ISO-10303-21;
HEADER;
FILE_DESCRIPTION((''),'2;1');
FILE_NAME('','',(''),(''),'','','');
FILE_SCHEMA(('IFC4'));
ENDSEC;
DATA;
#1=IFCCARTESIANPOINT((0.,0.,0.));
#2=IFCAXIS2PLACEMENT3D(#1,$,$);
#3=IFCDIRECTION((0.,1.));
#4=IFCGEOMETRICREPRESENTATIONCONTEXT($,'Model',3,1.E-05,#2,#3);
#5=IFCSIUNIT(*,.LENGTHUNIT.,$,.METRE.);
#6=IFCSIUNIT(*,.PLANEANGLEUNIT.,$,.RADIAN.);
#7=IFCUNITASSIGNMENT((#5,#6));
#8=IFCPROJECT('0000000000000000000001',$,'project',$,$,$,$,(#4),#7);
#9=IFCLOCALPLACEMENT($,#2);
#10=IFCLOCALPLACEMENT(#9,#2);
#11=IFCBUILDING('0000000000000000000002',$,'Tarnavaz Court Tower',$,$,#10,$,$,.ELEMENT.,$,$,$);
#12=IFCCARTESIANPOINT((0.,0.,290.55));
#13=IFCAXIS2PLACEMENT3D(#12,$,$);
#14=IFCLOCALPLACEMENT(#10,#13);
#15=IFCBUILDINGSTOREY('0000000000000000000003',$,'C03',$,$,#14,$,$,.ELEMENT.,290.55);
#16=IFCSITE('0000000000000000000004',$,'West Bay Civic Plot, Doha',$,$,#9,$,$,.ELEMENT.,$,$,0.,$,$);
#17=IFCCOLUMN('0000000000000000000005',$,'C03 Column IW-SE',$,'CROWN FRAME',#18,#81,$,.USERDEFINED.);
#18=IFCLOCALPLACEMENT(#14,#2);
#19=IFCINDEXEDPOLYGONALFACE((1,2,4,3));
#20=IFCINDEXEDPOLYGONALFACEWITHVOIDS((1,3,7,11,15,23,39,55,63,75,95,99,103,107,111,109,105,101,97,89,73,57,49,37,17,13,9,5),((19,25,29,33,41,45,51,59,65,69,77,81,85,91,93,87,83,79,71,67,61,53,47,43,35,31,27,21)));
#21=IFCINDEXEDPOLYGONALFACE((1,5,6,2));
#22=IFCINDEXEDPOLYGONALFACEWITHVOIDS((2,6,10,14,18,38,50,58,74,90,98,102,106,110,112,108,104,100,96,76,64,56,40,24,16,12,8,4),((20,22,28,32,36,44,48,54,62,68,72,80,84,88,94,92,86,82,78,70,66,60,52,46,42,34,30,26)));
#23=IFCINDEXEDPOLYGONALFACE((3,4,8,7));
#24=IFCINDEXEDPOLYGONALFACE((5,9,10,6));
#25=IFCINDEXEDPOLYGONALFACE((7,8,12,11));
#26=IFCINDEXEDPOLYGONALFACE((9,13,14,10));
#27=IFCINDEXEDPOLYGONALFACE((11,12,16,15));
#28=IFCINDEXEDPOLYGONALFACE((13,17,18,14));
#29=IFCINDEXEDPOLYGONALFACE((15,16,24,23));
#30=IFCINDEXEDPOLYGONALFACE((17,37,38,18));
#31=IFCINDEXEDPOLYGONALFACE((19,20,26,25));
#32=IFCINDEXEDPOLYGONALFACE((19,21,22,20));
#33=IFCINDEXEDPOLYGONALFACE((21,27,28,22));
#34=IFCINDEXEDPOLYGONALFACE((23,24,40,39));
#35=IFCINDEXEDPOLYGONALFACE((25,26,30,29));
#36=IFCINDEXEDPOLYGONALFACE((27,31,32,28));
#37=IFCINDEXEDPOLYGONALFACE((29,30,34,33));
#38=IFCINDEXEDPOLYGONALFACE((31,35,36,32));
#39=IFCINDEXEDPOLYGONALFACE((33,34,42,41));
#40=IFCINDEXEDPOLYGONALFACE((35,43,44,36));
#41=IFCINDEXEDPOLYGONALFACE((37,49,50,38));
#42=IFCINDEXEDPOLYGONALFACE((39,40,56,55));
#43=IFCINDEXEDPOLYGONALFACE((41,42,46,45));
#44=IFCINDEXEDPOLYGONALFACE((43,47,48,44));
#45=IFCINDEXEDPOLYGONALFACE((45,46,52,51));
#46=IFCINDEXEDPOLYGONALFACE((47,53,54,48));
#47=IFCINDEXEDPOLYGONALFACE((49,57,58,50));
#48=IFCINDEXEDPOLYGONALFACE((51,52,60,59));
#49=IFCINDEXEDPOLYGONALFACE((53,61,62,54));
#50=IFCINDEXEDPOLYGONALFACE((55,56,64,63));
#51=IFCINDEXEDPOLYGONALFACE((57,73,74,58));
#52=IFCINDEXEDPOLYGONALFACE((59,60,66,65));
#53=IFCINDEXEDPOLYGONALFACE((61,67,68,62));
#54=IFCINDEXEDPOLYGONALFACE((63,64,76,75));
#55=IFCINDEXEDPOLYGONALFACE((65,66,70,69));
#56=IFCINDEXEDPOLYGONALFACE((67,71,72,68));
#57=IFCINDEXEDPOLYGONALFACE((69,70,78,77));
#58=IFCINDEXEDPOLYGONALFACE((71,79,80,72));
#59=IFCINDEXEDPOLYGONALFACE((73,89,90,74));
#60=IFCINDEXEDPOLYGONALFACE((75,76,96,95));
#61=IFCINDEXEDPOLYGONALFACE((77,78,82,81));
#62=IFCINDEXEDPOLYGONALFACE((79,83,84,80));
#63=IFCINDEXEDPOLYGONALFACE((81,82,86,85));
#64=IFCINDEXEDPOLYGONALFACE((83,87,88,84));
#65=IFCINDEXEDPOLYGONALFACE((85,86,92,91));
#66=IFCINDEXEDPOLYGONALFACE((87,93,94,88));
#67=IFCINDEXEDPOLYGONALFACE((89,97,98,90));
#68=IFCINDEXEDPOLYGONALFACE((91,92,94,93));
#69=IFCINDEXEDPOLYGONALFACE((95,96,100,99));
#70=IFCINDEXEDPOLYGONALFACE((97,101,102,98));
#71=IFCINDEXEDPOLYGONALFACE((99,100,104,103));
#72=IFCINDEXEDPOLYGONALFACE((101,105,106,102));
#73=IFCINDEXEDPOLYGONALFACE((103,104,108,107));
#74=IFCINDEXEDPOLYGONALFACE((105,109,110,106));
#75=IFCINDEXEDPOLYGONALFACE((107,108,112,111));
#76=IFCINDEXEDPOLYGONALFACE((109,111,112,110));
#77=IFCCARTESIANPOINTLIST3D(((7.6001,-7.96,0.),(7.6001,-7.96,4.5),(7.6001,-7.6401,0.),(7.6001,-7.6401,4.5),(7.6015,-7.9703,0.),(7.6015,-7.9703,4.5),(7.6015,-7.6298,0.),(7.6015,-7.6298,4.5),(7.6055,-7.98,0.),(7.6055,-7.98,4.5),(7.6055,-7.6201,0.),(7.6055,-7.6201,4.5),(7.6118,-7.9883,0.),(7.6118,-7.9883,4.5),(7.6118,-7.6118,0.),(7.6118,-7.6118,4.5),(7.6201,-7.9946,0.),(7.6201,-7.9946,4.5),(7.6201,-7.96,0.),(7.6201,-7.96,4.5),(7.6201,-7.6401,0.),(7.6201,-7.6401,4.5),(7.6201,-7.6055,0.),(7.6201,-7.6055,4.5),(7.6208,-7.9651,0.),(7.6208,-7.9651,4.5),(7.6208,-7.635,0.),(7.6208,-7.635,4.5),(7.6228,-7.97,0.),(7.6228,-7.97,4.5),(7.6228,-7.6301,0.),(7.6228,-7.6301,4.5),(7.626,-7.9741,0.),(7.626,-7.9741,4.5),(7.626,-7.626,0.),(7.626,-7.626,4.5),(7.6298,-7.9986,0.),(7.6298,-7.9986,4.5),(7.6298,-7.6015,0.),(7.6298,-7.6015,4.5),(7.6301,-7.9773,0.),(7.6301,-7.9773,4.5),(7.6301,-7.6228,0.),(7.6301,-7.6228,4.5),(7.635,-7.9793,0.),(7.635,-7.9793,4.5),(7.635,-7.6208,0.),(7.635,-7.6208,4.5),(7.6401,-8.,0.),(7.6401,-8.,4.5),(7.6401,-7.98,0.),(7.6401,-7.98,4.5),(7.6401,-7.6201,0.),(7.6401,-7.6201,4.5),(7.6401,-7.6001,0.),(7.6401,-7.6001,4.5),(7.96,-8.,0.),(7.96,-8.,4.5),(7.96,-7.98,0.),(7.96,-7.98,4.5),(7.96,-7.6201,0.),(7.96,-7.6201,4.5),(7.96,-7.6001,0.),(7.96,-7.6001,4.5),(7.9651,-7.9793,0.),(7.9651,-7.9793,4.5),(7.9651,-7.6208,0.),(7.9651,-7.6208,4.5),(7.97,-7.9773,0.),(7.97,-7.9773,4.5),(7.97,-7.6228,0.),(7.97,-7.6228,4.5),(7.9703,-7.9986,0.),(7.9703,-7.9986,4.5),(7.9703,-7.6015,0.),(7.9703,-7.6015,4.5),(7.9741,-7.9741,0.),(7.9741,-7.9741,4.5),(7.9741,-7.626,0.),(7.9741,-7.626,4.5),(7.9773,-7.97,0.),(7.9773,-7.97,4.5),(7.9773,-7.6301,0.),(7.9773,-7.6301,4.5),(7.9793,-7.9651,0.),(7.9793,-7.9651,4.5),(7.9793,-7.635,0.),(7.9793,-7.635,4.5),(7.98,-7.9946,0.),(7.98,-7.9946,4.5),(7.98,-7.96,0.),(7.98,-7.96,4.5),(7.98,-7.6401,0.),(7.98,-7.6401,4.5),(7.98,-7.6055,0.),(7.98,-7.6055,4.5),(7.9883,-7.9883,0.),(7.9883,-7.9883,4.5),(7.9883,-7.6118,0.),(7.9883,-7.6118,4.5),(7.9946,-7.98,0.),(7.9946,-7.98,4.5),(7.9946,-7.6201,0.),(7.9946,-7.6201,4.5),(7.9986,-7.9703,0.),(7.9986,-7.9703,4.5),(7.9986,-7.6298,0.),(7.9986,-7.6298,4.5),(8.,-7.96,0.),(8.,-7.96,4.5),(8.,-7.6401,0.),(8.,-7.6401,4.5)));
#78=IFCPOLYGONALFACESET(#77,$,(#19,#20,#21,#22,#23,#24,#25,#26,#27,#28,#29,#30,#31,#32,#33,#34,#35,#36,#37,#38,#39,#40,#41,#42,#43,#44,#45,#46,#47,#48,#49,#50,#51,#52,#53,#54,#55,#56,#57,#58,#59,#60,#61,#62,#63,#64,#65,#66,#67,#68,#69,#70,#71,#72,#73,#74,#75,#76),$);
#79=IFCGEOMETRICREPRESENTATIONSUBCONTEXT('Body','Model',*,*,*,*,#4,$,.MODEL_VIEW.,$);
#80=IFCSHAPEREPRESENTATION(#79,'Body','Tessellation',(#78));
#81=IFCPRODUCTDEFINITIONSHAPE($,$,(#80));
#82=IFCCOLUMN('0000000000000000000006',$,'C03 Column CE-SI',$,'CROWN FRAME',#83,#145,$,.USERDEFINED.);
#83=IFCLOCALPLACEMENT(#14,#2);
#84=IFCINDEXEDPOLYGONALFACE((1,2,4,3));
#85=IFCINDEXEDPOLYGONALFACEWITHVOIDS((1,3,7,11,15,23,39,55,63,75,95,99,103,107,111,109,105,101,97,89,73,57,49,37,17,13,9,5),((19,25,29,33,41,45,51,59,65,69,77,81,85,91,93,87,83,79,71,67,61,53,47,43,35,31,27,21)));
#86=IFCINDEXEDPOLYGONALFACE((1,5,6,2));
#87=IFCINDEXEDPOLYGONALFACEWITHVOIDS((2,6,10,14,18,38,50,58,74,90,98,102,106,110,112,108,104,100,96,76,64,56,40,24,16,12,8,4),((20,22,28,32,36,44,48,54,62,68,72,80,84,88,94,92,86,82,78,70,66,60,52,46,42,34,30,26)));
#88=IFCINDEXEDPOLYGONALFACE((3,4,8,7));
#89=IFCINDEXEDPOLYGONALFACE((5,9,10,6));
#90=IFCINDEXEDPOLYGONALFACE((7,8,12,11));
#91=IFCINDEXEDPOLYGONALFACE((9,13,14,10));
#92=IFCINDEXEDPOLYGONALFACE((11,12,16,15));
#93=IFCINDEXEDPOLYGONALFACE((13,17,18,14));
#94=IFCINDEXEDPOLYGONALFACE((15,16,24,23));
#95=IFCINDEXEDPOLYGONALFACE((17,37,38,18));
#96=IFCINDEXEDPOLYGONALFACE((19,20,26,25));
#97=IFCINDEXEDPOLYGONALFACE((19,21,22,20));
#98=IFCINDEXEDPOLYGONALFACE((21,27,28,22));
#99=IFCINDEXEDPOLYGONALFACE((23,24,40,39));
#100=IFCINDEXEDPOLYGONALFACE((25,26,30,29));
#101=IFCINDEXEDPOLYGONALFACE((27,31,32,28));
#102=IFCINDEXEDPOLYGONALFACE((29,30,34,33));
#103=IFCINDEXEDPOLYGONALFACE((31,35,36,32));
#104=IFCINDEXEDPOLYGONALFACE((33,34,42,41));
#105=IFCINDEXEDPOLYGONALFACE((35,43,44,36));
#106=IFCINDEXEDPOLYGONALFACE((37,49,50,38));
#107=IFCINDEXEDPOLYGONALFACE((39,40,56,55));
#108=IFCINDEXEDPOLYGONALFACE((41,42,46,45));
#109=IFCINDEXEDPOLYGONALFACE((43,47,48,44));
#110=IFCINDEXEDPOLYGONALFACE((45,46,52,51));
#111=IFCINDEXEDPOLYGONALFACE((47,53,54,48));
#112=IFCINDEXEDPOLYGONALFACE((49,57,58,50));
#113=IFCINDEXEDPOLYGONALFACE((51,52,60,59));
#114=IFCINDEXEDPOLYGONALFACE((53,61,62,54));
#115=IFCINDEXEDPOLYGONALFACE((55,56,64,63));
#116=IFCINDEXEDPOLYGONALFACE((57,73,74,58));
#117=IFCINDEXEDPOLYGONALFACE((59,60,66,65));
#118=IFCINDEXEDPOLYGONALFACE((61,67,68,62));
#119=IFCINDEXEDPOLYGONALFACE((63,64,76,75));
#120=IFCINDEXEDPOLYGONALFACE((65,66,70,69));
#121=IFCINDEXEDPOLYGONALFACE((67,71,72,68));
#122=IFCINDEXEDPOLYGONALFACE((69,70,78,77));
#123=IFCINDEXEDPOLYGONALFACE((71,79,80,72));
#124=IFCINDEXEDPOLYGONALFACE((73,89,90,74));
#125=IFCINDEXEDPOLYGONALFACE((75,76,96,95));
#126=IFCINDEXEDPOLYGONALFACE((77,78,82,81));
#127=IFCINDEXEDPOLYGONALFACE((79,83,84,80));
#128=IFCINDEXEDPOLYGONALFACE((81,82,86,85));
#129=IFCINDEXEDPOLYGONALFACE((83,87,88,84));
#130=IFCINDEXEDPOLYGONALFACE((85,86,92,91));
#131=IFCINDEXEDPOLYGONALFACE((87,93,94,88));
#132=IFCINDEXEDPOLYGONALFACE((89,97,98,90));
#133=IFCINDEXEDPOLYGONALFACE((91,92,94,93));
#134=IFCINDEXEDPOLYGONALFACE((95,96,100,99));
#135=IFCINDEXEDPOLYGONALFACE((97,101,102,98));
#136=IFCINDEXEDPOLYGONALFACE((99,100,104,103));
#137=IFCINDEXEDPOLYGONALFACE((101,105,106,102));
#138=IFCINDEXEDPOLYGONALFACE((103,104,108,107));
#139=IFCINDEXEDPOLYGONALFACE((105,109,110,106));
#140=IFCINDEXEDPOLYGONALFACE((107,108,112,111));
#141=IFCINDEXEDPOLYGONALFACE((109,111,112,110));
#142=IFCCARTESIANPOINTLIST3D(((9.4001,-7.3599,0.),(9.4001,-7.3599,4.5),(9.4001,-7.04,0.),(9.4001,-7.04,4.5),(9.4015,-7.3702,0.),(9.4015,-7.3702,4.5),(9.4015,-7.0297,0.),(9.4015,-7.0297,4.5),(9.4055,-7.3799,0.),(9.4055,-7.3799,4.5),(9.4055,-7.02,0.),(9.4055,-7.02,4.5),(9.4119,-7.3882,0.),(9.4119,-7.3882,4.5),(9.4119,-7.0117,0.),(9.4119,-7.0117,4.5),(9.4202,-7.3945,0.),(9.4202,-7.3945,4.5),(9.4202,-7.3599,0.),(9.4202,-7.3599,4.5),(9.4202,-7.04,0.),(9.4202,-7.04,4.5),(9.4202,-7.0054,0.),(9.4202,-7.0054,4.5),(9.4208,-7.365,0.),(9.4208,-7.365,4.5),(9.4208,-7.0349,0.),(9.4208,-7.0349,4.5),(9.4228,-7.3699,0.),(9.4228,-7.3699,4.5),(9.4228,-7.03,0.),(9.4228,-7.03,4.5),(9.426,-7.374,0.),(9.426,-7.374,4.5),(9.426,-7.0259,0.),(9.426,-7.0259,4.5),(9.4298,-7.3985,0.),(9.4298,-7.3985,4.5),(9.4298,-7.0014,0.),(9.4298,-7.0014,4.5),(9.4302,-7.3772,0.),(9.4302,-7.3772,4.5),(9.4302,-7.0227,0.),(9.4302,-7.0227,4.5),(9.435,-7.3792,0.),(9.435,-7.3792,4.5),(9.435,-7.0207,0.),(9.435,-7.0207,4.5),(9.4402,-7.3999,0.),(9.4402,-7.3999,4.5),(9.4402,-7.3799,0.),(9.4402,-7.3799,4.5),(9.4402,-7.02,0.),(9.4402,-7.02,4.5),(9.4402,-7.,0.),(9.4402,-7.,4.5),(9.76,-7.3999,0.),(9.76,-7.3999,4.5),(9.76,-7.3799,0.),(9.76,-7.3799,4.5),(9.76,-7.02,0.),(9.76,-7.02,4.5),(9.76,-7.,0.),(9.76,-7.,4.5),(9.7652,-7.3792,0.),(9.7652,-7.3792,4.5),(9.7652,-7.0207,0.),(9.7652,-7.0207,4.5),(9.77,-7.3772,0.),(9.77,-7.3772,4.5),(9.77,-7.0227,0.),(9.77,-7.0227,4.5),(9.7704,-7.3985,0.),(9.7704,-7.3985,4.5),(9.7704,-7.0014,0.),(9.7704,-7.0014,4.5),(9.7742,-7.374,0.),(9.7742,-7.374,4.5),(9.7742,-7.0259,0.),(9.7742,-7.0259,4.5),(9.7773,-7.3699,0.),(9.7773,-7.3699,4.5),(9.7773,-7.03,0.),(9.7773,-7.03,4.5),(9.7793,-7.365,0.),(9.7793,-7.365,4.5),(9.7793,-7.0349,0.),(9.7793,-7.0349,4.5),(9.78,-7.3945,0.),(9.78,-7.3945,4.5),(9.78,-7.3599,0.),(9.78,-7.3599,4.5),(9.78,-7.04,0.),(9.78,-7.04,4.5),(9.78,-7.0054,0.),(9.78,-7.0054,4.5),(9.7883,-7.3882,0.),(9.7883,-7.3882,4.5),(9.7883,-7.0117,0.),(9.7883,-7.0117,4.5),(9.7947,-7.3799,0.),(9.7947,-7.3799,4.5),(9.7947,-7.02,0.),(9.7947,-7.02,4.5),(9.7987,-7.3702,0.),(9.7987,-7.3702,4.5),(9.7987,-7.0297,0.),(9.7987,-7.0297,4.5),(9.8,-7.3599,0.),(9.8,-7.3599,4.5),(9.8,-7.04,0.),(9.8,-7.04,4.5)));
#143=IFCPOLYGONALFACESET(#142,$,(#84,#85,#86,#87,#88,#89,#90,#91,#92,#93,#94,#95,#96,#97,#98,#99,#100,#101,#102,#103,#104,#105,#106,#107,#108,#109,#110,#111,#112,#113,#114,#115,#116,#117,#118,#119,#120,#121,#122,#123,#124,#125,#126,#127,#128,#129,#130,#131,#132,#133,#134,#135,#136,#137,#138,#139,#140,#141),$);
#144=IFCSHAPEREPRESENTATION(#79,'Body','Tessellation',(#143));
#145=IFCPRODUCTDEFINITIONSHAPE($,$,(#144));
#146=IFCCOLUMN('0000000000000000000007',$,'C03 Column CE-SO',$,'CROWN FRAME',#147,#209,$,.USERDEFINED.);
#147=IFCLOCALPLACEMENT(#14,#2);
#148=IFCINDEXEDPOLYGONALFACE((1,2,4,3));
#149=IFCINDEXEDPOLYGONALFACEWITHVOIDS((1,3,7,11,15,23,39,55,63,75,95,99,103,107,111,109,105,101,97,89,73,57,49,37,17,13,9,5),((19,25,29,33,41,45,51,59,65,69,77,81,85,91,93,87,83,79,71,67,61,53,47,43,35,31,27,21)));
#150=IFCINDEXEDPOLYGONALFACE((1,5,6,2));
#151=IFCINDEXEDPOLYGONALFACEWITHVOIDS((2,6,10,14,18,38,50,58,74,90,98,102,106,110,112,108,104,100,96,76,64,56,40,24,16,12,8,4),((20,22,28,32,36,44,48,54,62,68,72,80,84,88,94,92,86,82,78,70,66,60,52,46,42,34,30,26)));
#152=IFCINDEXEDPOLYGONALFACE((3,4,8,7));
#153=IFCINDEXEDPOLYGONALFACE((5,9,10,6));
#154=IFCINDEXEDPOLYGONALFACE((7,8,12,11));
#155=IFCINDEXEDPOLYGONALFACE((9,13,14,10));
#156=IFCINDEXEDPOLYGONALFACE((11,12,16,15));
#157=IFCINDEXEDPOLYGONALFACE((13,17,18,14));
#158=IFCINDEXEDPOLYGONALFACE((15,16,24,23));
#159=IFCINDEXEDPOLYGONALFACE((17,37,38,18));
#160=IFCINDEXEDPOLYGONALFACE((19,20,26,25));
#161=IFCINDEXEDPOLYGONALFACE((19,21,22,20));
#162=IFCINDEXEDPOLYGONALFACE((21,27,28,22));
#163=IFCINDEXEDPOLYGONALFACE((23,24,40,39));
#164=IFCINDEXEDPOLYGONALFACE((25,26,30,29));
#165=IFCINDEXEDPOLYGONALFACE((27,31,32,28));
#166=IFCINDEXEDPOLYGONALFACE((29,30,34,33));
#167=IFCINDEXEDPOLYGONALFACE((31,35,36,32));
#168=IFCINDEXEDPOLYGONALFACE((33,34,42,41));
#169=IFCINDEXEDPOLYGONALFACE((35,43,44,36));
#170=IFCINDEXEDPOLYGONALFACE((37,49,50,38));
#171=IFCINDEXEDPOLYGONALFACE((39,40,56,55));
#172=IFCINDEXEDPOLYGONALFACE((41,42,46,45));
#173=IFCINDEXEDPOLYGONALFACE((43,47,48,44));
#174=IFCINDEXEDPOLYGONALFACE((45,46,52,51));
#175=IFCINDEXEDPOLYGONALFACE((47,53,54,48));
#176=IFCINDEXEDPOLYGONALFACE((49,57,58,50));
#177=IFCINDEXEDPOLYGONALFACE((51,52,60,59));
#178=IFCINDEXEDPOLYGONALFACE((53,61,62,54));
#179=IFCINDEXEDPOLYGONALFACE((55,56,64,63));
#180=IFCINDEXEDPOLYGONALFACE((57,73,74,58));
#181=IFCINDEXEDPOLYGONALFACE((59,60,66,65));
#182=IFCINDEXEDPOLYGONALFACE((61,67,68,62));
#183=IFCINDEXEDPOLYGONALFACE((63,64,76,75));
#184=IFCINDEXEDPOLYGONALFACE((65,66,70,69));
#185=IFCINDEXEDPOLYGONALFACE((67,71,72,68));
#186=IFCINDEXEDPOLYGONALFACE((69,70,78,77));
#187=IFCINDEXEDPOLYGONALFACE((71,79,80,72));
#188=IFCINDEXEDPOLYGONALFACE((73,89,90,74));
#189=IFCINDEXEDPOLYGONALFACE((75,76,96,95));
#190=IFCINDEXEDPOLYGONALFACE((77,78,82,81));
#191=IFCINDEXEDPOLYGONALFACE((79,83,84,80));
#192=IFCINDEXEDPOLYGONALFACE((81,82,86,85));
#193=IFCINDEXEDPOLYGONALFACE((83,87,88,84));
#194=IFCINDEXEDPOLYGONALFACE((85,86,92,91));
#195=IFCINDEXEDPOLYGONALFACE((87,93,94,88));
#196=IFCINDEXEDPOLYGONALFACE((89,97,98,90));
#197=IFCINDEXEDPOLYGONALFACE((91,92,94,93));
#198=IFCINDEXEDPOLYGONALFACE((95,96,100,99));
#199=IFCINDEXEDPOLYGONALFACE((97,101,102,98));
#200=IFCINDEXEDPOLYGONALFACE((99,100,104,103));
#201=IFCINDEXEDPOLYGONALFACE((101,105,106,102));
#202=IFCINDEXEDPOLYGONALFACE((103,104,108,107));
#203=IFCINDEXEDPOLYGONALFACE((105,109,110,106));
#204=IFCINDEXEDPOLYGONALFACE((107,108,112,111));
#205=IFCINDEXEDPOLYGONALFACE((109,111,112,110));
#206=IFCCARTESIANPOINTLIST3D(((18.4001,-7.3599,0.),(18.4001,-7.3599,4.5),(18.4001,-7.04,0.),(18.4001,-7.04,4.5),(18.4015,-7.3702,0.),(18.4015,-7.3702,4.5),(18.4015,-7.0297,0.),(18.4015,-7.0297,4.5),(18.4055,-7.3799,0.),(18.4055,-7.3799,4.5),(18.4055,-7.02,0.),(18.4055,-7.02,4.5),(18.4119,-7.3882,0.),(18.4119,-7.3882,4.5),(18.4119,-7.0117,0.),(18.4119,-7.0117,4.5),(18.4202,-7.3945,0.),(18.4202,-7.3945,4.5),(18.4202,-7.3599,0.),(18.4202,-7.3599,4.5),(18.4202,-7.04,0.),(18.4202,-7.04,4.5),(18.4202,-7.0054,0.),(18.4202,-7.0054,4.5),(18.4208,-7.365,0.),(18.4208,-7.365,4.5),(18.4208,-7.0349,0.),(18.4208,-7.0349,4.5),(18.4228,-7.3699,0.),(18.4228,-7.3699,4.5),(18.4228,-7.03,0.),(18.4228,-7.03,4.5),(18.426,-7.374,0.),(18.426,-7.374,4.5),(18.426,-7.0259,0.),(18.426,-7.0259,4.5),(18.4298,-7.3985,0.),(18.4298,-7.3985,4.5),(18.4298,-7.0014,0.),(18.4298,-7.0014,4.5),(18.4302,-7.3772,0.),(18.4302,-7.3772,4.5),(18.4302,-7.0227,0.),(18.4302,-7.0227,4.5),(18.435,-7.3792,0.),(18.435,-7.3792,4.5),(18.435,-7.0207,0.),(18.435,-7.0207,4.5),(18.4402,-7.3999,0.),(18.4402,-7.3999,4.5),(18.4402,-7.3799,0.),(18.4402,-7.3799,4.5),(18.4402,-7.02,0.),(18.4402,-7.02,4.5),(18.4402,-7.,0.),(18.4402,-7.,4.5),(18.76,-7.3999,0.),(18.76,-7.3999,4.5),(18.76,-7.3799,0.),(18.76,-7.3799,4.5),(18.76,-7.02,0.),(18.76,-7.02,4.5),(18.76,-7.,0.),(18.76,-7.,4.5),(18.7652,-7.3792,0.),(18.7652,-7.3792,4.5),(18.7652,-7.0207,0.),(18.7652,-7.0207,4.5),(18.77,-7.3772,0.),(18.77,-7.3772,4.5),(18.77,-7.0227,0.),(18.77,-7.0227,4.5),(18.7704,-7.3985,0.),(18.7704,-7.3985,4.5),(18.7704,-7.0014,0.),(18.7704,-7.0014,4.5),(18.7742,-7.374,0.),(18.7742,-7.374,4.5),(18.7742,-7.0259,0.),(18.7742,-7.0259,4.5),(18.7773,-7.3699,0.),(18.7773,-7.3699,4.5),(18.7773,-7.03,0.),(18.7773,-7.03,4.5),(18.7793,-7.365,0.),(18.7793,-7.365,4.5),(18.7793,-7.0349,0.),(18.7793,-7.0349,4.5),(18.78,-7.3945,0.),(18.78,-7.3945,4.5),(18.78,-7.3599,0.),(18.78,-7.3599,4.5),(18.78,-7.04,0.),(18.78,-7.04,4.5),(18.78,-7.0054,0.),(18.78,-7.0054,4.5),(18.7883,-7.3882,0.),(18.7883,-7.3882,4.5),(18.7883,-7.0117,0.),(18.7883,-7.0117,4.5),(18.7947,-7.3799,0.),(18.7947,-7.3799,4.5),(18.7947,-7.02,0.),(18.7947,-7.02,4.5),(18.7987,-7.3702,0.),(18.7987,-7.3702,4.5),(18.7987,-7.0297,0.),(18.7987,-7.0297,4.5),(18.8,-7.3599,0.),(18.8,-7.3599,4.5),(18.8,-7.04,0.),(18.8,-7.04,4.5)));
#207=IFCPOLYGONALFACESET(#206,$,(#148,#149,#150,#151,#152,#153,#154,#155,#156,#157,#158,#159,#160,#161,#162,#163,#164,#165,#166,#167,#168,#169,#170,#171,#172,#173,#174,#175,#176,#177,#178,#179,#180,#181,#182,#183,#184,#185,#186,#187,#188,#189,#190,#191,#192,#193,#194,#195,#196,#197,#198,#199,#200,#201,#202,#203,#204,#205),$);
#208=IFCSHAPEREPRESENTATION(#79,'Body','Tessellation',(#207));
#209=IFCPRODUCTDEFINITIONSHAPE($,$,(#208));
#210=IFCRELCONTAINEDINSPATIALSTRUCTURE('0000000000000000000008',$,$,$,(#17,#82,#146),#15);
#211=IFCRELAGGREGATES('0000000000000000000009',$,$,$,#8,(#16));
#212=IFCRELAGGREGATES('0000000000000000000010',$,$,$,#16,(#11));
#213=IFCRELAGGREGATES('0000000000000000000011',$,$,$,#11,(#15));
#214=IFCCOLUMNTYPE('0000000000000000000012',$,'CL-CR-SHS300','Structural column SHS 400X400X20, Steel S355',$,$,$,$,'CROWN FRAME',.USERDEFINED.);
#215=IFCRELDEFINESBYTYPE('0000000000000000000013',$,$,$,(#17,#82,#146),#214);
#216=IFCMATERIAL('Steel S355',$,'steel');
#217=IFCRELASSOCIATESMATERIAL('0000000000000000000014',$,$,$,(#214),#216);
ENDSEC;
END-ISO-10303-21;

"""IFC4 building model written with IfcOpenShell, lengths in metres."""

from ifc_helpers import new_model, si_unit, direction, frame, origin, origin_2d, place, context, subcontext, project, spatial, hollow_rectangle, extrude, material, material_profile, profile_set, type_object, element, save


model = new_model("IFC4")

# Units and contexts
model_context = context("Model", 3, precision=1e-05, world=origin(), true_north=direction((0.0, 1.0)))
body_context = subcontext(model_context, "Body", "Model", "MODEL_VIEW")
ifc_project = project(units=[si_unit("LENGTHUNIT", "METRE"), si_unit("PLANEANGLEUNIT", "RADIAN")], contexts=[model_context])

# Site, building, storey
site_placement = place(None, origin())
site = spatial("IfcSite", under=ifc_project, at=site_placement, Name="West Bay Civic Plot, Doha", CompositionType="ELEMENT", RefElevation=0.0)
building_placement = place(site_placement, origin())
building = spatial("IfcBuilding", under=site, at=building_placement, Name="Tarnavaz Court Tower", CompositionType="ELEMENT")
storey_placement = place(building_placement, frame((0.0, 0.0, 290.55)))
storey = spatial("IfcBuildingStorey", under=building, at=storey_placement, Name="C03", CompositionType="ELEMENT", Elevation=290.55)

# Columns
ifc_material_1 = material(Name="Steel S355", Category="steel")
ifc_material_profile_1 = material_profile(ifc_material_1, hollow_rectangle(XDim=0.3999, YDim=0.3999, WallThickness=0.02, InnerFilletRadius=0.02, OuterFilletRadius=0.04, at=origin_2d()), Name="SHS 400X400X20")
ifc_profile_set_1 = profile_set([ifc_material_profile_1], Name="Steel S355")
column_type = type_object("IfcColumnType", Name="CL-CR-SHS300", Description="Structural column SHS 400X400X20, Steel S355", ElementType="CROWN FRAME", PredefinedType="USERDEFINED", material=ifc_profile_set_1)
for number, where, z_axis, x_axis, name in (
    (1, (7.8, -7.8, 0.0), (0.0, 0.0, 1.0), (1.0, 0.0, 0.0), "C03 Column IW-SE"),
    (2, (9.6001, -7.2, 0.0), (0.0, 0.0, 1.0), (1.0, 0.0, 0.0), "C03 Column CE-SI"),
    (3, (18.6001, -7.2, 0.0), (0.0, 0.0, 1.0), (1.0, 0.0, 0.0), "C03 Column CE-SO"),
):
    element("IfcColumn", number, at=place(storey_placement, frame(where, z_axis=z_axis, x_axis=x_axis)), inside=storey, type_object=column_type, Name=name, ObjectType="CROWN FRAME", PredefinedType="USERDEFINED", context=body_context, shape_type="SweptSolid", body=[
        extrude(hollow_rectangle(XDim=0.3999, YDim=0.3999, WallThickness=0.02, InnerFilletRadius=0.02, OuterFilletRadius=0.04, at=origin_2d()), origin(), (0.0, 0.0, 1.0), 4.5),
    ])

save(model, "model.ifc")
